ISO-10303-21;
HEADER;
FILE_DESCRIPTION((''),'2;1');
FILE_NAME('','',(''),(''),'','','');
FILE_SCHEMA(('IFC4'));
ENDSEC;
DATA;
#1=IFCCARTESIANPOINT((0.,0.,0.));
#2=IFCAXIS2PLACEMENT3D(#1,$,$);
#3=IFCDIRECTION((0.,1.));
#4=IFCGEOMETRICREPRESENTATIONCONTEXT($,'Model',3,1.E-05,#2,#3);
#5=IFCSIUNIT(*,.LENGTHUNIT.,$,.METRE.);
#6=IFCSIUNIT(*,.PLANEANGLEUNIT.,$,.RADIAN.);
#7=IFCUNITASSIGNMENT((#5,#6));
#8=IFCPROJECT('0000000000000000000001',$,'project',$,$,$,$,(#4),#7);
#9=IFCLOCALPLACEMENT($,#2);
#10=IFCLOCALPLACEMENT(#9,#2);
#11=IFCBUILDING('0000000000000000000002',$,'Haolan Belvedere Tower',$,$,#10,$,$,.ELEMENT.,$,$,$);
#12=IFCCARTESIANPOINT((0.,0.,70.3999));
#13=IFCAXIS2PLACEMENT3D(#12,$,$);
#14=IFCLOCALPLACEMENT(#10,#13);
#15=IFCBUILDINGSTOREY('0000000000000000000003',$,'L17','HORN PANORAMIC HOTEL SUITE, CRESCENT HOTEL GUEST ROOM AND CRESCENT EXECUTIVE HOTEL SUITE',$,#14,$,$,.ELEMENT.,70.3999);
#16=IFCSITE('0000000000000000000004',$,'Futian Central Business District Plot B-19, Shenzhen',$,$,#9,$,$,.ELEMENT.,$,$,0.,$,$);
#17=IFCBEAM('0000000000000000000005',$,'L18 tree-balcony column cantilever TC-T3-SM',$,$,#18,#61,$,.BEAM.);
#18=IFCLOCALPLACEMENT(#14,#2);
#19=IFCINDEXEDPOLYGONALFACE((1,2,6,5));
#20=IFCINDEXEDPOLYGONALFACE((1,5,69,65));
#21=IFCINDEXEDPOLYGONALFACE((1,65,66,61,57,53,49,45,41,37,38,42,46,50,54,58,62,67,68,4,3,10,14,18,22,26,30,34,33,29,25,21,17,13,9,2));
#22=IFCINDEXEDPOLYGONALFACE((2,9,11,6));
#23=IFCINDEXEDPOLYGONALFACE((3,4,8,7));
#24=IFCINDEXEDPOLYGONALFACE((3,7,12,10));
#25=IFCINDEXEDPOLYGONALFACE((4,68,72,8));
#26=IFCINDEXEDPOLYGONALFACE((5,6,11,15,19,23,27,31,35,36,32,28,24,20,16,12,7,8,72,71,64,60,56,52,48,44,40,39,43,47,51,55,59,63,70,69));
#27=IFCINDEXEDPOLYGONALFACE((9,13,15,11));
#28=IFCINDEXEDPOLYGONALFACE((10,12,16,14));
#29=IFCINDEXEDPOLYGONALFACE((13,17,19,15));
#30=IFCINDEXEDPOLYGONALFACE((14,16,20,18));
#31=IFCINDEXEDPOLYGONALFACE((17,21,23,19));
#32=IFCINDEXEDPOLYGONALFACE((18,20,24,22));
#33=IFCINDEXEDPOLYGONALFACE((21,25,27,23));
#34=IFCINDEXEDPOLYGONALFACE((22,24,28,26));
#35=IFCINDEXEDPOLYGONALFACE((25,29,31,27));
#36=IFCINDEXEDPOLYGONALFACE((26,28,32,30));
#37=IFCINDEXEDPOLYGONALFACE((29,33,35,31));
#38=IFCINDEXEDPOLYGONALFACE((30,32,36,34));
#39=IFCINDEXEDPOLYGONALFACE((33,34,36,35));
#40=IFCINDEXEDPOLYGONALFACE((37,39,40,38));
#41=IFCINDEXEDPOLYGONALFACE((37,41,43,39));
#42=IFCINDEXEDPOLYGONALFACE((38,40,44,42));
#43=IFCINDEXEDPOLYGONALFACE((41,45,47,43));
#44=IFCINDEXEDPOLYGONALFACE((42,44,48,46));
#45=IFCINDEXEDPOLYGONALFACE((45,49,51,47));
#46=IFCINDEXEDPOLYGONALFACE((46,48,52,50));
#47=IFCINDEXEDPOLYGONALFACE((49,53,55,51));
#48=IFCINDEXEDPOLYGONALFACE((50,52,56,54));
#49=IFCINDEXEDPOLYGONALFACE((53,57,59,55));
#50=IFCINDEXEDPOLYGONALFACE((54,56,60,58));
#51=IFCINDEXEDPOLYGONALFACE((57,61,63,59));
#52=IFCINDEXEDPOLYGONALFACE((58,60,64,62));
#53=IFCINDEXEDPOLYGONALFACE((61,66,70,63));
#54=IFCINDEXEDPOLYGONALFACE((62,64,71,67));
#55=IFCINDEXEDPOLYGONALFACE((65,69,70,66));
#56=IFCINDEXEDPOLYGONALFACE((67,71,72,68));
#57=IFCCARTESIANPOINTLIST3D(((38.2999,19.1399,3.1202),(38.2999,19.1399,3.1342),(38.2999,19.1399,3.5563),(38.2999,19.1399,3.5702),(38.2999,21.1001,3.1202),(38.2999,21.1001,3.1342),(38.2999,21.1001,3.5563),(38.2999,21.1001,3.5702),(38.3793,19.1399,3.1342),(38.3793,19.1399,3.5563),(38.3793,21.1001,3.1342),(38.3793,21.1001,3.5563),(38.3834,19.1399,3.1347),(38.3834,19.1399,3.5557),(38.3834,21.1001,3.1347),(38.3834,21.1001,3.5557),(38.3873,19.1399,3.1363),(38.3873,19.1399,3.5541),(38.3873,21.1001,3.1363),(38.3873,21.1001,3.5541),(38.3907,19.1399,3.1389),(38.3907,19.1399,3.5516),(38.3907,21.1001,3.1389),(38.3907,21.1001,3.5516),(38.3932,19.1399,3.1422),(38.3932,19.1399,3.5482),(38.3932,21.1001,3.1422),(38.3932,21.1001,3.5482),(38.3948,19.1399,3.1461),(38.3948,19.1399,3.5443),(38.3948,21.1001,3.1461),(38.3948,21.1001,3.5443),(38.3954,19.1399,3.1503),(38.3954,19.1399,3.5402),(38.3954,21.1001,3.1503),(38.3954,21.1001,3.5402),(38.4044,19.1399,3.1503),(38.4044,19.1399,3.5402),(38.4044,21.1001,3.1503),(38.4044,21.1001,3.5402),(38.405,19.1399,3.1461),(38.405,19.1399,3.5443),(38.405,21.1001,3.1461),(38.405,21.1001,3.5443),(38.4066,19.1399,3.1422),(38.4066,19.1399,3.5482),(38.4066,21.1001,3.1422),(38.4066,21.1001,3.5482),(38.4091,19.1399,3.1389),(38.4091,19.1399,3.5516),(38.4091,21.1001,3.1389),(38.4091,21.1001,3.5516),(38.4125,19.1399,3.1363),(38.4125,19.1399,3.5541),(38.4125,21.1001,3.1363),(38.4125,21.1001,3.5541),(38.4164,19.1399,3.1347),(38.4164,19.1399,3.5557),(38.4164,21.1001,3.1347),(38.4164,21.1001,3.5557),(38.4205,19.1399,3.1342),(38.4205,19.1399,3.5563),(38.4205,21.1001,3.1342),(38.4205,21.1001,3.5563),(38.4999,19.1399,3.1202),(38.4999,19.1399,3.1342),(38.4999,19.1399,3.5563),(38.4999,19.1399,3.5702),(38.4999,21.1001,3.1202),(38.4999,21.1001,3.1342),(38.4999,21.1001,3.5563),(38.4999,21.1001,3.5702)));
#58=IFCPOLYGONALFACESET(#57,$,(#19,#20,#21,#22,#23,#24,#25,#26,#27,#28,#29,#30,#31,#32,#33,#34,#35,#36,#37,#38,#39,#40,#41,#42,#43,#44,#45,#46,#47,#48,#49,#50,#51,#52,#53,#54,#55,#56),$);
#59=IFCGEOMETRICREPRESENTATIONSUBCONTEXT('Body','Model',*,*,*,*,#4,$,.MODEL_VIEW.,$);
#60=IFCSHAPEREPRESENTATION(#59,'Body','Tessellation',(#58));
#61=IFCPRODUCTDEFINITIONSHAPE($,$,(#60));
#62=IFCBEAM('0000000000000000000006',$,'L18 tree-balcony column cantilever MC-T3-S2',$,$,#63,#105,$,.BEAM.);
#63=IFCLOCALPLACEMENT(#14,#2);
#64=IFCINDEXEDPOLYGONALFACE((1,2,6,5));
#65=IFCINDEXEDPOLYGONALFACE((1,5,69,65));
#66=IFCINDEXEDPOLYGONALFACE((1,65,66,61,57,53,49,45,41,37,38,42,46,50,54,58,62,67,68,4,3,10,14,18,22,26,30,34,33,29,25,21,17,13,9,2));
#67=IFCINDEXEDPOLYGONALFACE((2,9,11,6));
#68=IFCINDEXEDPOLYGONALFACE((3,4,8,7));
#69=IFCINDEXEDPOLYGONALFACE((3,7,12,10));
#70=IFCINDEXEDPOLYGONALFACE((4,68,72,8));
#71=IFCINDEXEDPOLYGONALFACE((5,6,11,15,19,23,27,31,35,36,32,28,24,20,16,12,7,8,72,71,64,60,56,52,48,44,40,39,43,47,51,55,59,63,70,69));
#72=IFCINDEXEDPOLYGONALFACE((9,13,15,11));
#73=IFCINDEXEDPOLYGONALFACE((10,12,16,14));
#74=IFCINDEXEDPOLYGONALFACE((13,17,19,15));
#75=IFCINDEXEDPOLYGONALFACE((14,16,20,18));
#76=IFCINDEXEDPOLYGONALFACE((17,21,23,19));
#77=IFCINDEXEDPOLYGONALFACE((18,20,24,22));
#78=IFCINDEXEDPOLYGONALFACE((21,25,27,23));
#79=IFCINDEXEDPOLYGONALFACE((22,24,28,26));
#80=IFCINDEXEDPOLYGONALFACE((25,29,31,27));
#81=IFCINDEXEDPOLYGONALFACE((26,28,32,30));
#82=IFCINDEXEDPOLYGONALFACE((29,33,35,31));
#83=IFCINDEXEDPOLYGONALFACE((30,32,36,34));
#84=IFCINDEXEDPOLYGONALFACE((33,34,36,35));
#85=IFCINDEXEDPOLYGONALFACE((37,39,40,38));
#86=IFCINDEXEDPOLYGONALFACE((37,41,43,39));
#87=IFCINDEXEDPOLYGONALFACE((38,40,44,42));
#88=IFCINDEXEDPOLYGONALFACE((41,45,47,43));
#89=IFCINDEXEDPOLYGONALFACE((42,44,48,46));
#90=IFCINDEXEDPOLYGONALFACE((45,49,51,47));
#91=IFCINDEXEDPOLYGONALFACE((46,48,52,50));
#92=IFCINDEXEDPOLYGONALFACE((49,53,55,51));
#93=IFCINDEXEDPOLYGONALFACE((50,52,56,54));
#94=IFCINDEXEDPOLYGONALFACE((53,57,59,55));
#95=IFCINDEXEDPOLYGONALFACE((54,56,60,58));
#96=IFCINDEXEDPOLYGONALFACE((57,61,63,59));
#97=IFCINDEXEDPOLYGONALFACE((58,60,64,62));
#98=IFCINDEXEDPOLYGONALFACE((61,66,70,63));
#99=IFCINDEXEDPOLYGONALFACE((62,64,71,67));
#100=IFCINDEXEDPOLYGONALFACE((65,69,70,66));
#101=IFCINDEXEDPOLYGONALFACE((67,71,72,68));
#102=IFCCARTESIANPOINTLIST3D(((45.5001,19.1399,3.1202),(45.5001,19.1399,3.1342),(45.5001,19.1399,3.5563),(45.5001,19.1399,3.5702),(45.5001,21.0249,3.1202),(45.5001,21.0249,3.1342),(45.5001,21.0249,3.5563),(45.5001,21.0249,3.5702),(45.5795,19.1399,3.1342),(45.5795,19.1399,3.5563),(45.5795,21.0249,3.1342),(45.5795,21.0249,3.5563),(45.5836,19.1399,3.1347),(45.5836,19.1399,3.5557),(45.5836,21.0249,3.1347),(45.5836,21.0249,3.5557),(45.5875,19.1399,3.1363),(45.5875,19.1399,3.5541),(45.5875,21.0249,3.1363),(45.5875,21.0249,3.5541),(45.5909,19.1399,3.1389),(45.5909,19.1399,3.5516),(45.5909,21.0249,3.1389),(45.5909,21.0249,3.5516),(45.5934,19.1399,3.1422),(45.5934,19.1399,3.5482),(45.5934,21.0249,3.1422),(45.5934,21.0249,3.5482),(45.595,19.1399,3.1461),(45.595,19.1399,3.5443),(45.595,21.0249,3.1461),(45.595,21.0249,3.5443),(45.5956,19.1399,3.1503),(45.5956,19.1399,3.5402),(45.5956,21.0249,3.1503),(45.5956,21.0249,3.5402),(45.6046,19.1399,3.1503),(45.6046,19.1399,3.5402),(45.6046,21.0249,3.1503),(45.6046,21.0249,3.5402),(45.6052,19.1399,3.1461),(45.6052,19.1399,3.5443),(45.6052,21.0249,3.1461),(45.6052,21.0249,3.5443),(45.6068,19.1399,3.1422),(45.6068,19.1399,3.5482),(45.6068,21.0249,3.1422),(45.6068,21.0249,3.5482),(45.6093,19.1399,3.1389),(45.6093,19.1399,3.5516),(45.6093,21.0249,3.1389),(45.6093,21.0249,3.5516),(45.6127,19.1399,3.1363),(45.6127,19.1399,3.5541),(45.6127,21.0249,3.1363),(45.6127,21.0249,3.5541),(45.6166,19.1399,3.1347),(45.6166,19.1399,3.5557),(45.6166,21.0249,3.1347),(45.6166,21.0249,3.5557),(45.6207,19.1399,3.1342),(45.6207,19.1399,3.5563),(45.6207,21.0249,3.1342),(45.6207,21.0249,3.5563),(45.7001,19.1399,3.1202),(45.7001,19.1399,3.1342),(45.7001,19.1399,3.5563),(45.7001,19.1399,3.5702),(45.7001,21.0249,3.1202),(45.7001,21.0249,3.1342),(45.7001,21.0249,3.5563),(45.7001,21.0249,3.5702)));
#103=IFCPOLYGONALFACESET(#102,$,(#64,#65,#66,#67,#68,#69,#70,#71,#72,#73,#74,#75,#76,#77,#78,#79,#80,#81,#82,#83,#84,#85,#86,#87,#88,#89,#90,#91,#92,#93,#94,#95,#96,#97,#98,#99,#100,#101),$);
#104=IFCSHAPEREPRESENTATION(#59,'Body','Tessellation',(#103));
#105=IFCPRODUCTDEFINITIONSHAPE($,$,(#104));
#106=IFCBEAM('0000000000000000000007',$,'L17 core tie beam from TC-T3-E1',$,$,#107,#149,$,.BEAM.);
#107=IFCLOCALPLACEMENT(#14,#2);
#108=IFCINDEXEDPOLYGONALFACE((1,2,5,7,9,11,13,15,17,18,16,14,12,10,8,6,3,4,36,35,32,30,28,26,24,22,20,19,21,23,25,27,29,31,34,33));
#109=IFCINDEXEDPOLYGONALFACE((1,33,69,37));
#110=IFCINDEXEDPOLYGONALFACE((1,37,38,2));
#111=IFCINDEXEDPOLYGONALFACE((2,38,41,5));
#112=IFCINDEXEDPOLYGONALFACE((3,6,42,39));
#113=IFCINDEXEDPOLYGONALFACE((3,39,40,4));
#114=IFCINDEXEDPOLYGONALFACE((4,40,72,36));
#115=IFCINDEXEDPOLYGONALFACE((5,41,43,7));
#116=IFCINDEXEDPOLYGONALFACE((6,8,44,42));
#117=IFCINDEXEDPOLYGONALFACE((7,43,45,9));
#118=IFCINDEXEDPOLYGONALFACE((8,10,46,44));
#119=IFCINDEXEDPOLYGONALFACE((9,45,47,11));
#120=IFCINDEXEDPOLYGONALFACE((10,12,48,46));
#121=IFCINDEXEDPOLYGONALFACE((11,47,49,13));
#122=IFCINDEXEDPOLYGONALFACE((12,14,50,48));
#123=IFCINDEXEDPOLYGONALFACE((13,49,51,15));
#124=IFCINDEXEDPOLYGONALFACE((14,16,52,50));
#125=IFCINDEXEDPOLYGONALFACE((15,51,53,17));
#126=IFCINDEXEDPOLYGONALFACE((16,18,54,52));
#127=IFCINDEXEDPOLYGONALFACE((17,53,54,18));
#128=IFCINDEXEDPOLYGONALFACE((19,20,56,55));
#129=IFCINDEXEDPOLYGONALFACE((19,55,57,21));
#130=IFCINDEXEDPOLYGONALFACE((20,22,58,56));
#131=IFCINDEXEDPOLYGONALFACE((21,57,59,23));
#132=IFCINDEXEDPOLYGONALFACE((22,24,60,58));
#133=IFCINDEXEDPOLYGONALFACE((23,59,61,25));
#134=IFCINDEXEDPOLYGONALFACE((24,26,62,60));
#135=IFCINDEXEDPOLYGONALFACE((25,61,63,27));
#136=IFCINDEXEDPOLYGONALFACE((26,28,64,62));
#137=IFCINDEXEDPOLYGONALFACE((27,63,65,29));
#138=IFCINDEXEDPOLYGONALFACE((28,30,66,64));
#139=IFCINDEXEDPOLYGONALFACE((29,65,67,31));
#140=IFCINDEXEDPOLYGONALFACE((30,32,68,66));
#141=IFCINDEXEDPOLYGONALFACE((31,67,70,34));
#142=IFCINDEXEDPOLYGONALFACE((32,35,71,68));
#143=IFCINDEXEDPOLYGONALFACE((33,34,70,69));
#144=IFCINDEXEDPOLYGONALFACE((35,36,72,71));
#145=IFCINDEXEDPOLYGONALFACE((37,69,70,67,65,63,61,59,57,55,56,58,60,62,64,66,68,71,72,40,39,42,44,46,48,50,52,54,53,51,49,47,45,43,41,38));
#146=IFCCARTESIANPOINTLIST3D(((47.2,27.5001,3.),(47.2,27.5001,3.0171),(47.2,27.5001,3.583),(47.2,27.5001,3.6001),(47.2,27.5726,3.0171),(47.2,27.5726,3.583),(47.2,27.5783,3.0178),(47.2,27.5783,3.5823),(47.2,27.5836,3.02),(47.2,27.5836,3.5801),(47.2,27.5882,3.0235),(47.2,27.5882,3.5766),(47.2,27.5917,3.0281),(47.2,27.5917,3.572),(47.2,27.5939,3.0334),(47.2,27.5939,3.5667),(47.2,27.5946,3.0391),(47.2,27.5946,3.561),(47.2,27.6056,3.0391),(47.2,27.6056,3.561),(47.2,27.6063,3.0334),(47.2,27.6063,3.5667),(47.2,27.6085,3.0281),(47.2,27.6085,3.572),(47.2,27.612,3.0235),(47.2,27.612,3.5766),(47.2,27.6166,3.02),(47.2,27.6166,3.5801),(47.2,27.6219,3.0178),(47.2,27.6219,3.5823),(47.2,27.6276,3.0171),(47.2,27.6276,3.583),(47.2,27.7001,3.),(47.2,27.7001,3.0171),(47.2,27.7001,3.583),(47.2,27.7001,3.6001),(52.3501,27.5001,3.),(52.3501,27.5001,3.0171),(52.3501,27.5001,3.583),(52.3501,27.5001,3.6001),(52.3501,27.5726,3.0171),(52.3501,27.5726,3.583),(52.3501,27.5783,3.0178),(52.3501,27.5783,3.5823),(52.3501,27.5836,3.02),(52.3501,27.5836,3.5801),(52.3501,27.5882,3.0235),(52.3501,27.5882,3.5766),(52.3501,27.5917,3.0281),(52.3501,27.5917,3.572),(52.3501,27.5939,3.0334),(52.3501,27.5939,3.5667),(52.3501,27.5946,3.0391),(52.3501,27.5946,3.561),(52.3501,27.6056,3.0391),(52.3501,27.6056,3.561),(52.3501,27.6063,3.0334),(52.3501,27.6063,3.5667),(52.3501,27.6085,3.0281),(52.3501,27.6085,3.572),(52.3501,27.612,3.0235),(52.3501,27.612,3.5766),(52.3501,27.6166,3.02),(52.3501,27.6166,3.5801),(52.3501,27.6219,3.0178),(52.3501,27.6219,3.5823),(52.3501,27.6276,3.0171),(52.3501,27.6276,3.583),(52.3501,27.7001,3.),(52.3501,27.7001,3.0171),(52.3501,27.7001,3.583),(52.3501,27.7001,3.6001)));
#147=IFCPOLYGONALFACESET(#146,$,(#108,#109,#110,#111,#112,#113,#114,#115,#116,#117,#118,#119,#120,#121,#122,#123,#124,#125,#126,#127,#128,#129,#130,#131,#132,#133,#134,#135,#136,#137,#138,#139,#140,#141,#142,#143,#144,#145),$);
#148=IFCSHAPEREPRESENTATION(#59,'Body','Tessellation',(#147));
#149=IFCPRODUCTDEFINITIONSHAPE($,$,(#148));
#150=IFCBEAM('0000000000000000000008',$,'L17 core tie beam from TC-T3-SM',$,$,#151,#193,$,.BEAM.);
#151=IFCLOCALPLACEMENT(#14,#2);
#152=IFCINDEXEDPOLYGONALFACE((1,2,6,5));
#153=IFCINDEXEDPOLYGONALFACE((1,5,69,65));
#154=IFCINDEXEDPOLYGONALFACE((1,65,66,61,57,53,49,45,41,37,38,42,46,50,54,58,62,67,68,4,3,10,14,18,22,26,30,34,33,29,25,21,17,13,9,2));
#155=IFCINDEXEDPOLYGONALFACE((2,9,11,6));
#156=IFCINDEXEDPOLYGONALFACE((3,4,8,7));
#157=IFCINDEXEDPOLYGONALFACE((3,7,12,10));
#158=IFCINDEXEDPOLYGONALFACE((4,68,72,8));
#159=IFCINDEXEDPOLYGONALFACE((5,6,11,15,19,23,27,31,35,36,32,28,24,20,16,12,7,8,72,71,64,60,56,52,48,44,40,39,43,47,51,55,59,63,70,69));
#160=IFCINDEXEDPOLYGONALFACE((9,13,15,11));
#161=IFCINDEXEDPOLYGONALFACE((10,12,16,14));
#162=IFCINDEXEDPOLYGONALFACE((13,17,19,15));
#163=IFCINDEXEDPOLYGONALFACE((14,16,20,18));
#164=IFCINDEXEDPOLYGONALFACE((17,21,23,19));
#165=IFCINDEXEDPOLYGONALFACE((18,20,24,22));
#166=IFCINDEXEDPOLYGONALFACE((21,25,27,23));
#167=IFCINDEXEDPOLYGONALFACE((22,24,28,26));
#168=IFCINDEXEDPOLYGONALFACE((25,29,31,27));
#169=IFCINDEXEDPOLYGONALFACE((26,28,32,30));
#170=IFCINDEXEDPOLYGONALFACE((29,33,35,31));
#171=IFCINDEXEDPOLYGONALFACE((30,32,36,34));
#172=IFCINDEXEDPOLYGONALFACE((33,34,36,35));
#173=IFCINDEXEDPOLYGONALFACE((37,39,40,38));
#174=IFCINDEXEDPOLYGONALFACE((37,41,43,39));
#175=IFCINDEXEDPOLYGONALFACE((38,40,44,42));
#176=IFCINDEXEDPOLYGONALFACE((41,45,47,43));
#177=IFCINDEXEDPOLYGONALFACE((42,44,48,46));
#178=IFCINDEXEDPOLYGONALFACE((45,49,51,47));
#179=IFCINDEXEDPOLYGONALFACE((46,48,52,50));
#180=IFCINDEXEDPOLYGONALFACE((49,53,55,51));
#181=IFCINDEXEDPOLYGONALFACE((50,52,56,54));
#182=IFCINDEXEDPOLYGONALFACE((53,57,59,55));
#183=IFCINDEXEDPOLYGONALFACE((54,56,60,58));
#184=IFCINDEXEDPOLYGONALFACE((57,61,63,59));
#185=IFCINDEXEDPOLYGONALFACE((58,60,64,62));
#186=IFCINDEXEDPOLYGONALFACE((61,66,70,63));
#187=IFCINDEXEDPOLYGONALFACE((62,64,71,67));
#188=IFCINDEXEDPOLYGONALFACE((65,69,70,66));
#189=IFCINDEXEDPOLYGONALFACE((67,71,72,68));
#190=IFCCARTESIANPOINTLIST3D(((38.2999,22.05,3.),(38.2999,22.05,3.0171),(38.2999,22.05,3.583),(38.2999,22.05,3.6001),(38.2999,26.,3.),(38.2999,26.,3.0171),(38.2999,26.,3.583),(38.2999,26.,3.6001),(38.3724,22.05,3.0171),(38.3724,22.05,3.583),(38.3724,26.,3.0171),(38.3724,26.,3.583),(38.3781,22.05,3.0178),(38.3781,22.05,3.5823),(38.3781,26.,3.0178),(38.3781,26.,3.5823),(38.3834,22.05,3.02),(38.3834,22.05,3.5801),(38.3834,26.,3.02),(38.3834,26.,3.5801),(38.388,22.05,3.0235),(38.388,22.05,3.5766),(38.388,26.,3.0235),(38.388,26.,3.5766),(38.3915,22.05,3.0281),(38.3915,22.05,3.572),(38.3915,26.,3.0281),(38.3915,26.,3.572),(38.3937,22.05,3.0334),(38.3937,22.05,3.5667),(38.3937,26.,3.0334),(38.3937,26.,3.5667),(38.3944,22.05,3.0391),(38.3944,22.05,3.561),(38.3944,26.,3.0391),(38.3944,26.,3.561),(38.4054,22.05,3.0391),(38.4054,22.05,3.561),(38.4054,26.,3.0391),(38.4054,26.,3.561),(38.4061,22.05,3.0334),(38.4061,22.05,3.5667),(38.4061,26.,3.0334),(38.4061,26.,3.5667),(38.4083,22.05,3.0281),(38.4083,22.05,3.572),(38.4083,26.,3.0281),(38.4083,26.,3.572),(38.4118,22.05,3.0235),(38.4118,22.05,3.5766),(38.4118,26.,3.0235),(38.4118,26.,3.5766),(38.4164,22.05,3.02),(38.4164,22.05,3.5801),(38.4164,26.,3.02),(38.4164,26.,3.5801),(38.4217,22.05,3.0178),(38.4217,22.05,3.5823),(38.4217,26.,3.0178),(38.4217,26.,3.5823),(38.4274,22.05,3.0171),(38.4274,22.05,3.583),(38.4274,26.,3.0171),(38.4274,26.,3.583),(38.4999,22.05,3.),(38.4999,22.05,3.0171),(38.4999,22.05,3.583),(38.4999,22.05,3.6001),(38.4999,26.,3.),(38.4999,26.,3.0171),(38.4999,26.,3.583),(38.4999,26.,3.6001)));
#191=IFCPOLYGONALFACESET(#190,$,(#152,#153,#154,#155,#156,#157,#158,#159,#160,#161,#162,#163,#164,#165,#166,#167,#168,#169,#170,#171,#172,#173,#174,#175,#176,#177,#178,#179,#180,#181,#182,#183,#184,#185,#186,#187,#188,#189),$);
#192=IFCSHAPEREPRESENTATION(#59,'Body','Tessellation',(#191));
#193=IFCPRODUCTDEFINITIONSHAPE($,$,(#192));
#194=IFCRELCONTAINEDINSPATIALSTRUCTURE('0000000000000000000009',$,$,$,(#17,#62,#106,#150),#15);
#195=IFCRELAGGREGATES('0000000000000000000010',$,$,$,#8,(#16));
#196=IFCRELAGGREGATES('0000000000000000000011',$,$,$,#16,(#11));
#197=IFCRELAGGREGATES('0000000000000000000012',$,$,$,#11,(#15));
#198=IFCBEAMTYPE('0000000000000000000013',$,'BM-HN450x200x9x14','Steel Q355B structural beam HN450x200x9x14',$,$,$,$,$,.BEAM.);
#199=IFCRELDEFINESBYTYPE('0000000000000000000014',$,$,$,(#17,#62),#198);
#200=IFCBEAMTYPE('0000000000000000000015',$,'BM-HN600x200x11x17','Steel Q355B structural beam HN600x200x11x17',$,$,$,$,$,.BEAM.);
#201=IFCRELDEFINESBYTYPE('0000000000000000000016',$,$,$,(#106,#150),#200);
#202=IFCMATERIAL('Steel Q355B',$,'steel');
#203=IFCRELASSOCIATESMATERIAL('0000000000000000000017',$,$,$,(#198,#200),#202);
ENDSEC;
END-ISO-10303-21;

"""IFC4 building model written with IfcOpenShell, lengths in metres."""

from ifc_helpers import new_model, si_unit, direction, frame, origin, origin_2d, place, context, subcontext, project, spatial, i_section, extrude, material, material_profile, profile_set, type_object, element, save


model = new_model("IFC4")

# Units and contexts
model_context = context("Model", 3, precision=1e-05, world=origin(), true_north=direction((0.0, 1.0)))
body_context = subcontext(model_context, "Body", "Model", "MODEL_VIEW")
ifc_project = project(units=[si_unit("LENGTHUNIT", "METRE"), si_unit("PLANEANGLEUNIT", "RADIAN")], contexts=[model_context])

# Site, building, storey
site_placement = place(None, origin())
site = spatial("IfcSite", under=ifc_project, at=site_placement, Name="Futian Central Business District Plot B-19, Shenzhen", CompositionType="ELEMENT", RefElevation=0.0)
building_placement = place(site_placement, origin())
building = spatial("IfcBuilding", under=site, at=building_placement, Name="Haolan Belvedere Tower", CompositionType="ELEMENT")
storey_placement = place(building_placement, frame((0.0, 0.0, 70.3999)))
storey = spatial("IfcBuildingStorey", under=building, at=storey_placement, Name="L17", Description="HORN PANORAMIC HOTEL SUITE, CRESCENT HOTEL GUEST ROOM AND CRESCENT EXECUTIVE HOTEL SUITE", CompositionType="ELEMENT", Elevation=70.3999)

# Shared definitions
ifc_material_1 = material(Name="Steel Q355B", Category="steel")

# Beams
ifc_material_profile_1 = material_profile(ifc_material_1, i_section(OverallWidth=0.2, OverallDepth=0.45, WebThickness=0.009, FlangeThickness=0.0139, FilletRadius=0.0161, at=origin_2d()), Name="Steel Q355B")
ifc_profile_set_1 = profile_set([ifc_material_profile_1], Name="Steel Q355B")
beam_type_1 = type_object("IfcBeamType", Name="BM-HN450x200x9x14", Description="Steel Q355B structural beam HN450x200x9x14", PredefinedType="BEAM", material=ifc_profile_set_1)
beam_1_placement = place(storey_placement, frame((38.3999, 21.1001, 3.3452), z_axis=(0.0, -1.0, 0.0), x_axis=(1.0, 0.0, 0.0)))
element("IfcBeam", 1, at=beam_1_placement, inside=storey, type_object=beam_type_1, Name="L18 tree-balcony column cantilever TC-T3-SM", PredefinedType="BEAM", context=body_context, shape_type="SweptSolid", body=[
    extrude(i_section(OverallWidth=0.2, OverallDepth=0.45, WebThickness=0.009, FlangeThickness=0.0139, FilletRadius=0.0161, at=origin_2d()), origin(), (0.0, 0.0, 1.0), 1.9602),
])
beam_2_placement = place(storey_placement, frame((45.6001, 21.0249, 3.3452), z_axis=(0.0, -1.0, 0.0), x_axis=(1.0, 0.0, 0.0)))
element("IfcBeam", 2, at=beam_2_placement, inside=storey, type_object=beam_type_1, Name="L18 tree-balcony column cantilever MC-T3-S2", PredefinedType="BEAM", context=body_context, shape_type="SweptSolid", body=[
    extrude(i_section(OverallWidth=0.2, OverallDepth=0.45, WebThickness=0.009, FlangeThickness=0.0139, FilletRadius=0.0161, at=origin_2d()), origin(), (0.0, 0.0, 1.0), 1.885),
])
ifc_material_profile_2 = material_profile(ifc_material_1, i_section(OverallWidth=0.2, OverallDepth=0.6001, WebThickness=0.011, FlangeThickness=0.0171, FilletRadius=0.022, at=origin_2d()), Name="Steel Q355B")
ifc_profile_set_2 = profile_set([ifc_material_profile_2], Name="Steel Q355B")
beam_type_2 = type_object("IfcBeamType", Name="BM-HN600x200x11x17", Description="Steel Q355B structural beam HN600x200x11x17", PredefinedType="BEAM", material=ifc_profile_set_2)
beam_3_placement = place(storey_placement, frame((52.3501, 27.6001, 3.3), z_axis=(-1.0, 0.0, 0.0), x_axis=(0.0, -1.0, 0.0)))
element("IfcBeam", 3, at=beam_3_placement, inside=storey, type_object=beam_type_2, Name="L17 core tie beam from TC-T3-E1", PredefinedType="BEAM", context=body_context, shape_type="SweptSolid", body=[
    extrude(i_section(OverallWidth=0.2, OverallDepth=0.6001, WebThickness=0.011, FlangeThickness=0.0171, FilletRadius=0.022, at=origin_2d()), origin(), (0.0, 0.0, 1.0), 5.1501),
])
for number, where, z_axis, x_axis, name in (
    (4, (38.3999, 22.05, 3.3), (0.0, 1.0, 0.0), (-1.0, 0.0, 0.0), "L17 core tie beam from TC-T3-SM"),
):
    element("IfcBeam", number, at=place(storey_placement, frame(where, z_axis=z_axis, x_axis=x_axis)), inside=storey, type_object=beam_type_2, Name=name, PredefinedType="BEAM", context=body_context, shape_type="SweptSolid", body=[
        extrude(i_section(OverallWidth=0.2, OverallDepth=0.6001, WebThickness=0.011, FlangeThickness=0.0171, FilletRadius=0.022, at=origin_2d()), origin(), (0.0, 0.0, 1.0), 3.95),
    ])

save(model, "model.ifc")
